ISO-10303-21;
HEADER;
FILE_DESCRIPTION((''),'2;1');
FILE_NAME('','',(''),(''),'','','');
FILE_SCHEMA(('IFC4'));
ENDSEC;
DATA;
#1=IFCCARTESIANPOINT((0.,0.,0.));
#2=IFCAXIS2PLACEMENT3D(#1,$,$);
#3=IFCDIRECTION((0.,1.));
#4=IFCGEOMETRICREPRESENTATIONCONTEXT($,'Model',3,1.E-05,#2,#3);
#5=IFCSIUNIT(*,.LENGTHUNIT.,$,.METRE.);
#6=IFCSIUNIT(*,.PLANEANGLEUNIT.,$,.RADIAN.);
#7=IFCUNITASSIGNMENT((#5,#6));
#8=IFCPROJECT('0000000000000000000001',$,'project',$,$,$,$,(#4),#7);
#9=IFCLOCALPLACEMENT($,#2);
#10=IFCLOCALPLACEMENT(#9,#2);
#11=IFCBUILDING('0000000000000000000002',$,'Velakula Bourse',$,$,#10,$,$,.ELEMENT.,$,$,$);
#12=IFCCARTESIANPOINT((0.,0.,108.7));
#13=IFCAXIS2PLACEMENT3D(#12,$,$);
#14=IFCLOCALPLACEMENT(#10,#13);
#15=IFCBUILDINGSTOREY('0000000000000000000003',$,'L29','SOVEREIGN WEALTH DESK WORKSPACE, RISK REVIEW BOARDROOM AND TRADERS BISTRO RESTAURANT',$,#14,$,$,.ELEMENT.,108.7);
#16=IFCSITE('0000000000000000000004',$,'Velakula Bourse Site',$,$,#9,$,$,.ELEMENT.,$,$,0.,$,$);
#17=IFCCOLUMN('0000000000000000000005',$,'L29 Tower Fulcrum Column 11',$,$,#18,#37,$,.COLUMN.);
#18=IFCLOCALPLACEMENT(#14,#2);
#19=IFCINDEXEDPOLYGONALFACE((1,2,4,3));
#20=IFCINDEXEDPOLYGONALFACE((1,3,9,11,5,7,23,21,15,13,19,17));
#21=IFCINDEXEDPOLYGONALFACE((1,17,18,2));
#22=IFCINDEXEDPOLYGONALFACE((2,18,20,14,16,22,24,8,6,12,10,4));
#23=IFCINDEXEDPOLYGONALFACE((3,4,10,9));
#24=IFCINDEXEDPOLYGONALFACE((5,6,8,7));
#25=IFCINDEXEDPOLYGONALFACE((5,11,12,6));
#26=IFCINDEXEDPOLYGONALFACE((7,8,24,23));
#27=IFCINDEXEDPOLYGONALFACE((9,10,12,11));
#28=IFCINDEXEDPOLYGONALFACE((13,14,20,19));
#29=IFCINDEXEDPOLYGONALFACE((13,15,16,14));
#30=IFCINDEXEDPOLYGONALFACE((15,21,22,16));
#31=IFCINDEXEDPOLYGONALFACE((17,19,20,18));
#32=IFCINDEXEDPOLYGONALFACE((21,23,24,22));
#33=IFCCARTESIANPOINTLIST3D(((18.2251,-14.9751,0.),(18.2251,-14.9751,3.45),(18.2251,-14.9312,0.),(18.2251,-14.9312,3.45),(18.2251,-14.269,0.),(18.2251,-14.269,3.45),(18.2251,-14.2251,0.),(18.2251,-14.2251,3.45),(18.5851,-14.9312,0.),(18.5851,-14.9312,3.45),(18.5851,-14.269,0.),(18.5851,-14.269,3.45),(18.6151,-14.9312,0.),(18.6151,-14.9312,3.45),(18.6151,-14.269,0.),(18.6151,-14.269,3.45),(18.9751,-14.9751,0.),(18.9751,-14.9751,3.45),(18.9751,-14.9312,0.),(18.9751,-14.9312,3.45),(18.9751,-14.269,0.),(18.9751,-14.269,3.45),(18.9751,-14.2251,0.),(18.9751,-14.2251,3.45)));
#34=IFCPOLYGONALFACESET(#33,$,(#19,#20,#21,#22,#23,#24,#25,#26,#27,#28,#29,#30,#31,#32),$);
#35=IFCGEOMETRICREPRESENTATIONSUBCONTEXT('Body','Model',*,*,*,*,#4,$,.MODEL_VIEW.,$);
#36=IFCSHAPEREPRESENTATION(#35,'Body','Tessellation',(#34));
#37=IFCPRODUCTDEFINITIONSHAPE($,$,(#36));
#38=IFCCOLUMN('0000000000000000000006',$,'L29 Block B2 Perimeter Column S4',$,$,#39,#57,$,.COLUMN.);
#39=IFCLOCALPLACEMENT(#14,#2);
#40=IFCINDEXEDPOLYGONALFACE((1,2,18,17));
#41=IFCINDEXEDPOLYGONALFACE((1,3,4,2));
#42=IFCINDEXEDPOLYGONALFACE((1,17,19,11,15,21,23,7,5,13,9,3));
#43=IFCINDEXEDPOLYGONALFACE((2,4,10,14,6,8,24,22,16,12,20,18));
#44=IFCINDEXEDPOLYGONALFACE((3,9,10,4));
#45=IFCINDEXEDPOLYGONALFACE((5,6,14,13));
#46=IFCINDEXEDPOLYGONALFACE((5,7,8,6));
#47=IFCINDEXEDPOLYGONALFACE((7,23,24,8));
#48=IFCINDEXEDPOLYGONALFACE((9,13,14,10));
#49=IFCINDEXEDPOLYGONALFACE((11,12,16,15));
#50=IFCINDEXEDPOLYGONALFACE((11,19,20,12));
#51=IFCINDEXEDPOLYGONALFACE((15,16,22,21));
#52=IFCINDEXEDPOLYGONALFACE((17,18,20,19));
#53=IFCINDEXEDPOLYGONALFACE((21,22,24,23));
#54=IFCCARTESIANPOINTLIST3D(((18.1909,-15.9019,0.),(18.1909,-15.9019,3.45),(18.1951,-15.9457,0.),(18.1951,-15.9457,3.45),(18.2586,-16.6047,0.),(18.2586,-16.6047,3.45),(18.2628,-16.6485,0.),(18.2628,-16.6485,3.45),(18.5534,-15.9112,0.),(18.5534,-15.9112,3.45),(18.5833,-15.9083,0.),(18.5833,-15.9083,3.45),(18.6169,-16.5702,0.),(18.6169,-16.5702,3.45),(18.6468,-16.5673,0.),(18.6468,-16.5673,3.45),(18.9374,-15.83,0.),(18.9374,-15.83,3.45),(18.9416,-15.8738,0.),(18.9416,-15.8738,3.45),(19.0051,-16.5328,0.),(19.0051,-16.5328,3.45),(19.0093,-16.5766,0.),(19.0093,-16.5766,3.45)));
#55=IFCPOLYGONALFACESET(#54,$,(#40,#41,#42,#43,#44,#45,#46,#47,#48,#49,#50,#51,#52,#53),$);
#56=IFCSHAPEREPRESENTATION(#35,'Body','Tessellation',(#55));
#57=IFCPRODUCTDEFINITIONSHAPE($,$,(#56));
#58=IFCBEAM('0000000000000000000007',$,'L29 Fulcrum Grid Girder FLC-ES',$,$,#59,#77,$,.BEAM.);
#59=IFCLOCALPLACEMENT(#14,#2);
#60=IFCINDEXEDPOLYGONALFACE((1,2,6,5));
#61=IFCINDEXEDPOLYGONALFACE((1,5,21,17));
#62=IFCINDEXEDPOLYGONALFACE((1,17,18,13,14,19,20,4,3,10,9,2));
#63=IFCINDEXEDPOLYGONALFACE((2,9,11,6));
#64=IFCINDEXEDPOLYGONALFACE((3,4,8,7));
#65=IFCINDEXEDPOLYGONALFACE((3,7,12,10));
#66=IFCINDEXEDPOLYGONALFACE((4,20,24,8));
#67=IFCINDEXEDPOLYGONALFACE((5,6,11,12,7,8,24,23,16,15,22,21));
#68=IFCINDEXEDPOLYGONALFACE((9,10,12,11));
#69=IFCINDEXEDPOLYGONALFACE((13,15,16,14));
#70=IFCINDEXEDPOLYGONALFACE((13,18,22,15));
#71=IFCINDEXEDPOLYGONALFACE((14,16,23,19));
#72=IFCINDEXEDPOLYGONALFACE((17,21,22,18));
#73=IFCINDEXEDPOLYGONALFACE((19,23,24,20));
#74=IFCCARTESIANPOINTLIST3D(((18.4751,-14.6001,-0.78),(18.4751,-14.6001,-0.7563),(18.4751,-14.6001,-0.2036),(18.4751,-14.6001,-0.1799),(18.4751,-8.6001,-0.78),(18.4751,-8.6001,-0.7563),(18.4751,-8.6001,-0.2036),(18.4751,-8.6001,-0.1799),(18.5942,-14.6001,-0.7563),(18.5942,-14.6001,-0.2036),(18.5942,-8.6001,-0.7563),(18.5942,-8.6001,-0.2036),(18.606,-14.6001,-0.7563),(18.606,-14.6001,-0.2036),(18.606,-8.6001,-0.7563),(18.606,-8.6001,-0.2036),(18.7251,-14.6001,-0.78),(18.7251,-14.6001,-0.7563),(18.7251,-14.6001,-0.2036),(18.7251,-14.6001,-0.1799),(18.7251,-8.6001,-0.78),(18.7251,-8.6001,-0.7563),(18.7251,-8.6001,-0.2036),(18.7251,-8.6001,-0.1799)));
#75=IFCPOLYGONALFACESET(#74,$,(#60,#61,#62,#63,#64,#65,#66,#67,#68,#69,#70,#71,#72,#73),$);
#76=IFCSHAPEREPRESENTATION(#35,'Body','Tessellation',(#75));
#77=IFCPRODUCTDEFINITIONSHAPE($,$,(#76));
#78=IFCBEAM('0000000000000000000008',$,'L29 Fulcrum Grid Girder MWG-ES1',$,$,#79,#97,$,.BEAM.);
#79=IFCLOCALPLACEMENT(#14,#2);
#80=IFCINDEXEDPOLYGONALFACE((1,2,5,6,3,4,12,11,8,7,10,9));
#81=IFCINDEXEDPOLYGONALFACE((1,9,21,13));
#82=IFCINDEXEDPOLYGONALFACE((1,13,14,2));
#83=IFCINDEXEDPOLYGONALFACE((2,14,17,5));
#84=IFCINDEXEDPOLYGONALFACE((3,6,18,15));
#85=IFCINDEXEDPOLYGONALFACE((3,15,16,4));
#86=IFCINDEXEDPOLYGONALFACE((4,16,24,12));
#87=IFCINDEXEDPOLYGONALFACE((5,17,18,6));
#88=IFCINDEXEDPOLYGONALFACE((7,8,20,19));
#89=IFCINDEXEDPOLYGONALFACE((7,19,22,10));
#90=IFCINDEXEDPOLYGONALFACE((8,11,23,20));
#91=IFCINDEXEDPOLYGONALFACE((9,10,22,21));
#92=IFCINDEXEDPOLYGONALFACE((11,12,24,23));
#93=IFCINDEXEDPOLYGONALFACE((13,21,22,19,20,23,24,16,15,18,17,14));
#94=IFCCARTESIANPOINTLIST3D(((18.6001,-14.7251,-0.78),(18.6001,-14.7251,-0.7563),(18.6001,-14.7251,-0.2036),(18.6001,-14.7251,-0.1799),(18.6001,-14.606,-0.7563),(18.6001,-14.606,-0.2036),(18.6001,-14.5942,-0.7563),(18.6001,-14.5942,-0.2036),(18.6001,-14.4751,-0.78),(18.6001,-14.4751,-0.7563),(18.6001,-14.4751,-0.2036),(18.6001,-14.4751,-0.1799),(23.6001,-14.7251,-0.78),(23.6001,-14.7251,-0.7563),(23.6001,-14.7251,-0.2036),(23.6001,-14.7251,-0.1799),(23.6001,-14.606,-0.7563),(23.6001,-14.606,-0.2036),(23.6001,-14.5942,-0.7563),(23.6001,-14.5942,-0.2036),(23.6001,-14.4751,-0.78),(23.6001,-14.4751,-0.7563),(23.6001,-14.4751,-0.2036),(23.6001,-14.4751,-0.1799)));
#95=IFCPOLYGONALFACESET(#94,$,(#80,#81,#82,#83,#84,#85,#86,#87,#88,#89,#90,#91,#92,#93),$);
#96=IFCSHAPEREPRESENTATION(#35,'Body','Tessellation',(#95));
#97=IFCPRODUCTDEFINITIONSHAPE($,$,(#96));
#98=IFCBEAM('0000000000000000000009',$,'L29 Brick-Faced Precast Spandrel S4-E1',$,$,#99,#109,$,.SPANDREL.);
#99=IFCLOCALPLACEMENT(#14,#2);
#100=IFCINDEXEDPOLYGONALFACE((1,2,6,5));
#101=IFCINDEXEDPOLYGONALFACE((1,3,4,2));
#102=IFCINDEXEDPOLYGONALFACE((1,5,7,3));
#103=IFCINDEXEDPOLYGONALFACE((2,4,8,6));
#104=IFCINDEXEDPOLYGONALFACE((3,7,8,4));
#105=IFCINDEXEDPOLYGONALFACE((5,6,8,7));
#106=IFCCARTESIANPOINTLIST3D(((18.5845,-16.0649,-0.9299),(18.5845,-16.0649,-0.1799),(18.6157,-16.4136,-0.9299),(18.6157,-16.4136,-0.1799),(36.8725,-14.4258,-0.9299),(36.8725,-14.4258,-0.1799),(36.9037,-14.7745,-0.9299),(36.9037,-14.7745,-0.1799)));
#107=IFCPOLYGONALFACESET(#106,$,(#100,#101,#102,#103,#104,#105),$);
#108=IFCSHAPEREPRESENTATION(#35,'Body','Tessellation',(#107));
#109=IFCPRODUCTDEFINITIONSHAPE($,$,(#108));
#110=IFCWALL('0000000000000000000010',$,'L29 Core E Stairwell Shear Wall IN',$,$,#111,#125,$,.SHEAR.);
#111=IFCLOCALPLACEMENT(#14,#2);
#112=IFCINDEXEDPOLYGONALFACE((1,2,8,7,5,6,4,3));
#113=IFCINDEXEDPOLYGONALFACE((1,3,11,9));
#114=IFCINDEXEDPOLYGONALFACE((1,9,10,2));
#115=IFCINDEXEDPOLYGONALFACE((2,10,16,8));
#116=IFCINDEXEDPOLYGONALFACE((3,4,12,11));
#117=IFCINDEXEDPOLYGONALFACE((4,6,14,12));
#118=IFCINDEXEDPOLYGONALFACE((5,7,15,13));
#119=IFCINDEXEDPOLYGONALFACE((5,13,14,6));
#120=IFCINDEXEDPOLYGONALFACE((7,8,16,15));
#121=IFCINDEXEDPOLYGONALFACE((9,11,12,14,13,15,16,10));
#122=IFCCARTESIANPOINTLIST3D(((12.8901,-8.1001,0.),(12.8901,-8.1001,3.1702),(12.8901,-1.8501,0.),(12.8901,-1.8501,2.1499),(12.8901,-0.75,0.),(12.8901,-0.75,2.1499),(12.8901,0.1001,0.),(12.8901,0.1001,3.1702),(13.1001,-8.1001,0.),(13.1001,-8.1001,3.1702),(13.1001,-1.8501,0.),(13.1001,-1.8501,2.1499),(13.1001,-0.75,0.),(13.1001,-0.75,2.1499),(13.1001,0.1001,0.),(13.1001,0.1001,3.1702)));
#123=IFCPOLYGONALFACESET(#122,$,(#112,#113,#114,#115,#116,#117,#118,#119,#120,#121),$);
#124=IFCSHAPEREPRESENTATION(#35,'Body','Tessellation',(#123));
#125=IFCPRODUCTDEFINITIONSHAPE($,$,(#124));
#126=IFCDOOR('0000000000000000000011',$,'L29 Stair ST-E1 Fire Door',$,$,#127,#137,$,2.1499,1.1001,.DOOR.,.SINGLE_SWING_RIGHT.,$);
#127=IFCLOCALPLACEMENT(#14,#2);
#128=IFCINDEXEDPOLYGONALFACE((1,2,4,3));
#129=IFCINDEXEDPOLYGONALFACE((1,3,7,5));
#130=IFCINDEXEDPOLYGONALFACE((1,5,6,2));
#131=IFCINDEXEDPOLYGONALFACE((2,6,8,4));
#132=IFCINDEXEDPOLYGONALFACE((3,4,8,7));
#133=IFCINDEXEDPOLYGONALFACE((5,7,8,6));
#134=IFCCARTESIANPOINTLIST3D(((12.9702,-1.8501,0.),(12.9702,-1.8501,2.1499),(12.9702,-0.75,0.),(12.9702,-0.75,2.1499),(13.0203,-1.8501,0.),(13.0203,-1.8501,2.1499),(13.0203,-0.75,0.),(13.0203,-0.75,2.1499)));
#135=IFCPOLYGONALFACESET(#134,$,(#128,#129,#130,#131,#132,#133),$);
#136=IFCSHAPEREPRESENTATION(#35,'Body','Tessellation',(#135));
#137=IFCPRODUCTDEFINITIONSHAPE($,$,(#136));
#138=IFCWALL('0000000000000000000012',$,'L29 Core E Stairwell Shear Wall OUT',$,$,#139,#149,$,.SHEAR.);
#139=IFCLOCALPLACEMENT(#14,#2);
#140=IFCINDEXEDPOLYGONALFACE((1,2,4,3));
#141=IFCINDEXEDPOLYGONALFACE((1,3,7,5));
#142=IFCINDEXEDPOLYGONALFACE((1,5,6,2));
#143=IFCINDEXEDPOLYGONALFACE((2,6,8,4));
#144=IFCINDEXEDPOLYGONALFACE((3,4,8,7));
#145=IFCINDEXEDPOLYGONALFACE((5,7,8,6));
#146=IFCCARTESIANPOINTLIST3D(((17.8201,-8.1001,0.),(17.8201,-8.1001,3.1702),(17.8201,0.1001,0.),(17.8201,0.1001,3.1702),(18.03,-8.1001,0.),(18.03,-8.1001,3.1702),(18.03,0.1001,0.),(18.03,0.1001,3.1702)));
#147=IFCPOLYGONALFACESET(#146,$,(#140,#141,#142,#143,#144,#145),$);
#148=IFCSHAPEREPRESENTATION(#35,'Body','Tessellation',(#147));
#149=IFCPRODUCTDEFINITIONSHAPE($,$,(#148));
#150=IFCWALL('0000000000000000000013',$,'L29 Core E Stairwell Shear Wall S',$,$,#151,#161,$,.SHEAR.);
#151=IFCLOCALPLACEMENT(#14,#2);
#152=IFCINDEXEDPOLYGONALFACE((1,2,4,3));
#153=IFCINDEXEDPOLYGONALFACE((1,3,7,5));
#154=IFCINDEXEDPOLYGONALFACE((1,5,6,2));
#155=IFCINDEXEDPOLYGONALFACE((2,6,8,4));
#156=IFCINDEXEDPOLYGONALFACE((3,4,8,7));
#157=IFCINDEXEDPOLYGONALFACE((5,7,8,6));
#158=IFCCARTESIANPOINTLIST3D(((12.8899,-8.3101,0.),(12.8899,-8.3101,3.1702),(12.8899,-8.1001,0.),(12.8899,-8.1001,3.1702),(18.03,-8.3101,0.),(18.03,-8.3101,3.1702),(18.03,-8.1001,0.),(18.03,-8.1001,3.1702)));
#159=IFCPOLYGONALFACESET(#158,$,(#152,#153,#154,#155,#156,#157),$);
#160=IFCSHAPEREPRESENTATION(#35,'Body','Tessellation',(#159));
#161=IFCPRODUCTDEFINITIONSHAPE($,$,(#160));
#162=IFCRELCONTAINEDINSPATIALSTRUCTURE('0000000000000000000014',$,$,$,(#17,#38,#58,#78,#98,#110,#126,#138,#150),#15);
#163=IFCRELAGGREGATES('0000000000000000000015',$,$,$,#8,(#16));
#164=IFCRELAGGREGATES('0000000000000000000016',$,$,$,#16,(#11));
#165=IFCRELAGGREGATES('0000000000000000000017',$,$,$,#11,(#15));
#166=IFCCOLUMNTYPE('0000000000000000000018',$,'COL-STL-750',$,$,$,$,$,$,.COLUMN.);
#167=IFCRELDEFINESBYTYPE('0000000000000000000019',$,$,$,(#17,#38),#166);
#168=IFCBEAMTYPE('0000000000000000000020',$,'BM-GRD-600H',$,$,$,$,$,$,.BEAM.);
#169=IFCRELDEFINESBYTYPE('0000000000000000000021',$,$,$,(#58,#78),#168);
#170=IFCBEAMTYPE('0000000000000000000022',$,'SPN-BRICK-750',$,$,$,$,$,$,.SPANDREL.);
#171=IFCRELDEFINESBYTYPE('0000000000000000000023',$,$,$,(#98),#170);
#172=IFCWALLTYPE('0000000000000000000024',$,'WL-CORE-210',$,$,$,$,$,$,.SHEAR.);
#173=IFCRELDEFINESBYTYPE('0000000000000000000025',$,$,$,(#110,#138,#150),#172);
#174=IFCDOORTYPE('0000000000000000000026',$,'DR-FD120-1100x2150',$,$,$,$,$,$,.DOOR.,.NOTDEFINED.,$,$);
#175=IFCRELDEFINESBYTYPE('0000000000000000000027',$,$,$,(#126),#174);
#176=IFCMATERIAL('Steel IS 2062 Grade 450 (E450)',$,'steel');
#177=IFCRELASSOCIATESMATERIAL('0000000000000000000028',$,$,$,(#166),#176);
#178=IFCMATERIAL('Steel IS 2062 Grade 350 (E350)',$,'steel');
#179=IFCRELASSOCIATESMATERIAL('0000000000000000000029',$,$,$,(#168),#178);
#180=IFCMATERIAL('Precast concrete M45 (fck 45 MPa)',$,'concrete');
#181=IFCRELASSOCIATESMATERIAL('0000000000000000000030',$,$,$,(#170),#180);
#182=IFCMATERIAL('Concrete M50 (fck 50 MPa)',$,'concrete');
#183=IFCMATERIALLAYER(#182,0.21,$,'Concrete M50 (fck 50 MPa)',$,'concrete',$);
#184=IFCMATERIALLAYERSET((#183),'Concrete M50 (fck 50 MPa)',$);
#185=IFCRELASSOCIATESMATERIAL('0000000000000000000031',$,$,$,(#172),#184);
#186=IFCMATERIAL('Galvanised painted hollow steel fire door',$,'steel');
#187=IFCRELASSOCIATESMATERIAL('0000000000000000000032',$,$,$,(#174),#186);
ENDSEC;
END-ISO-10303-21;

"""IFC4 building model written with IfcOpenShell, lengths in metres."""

from ifc_helpers import new_model, si_unit, direction, frame, frame_2d, origin, origin_2d, place, context, subcontext, project, spatial, rectangle, i_section, extrude, material, layer, layer_set, material_profile, profile_set, type_object, element, fill, save


model = new_model("IFC4")

# Units and contexts
model_context = context("Model", 3, precision=1e-05, world=origin(), true_north=direction((0.0, 1.0)))
body_context = subcontext(model_context, "Body", "Model", "MODEL_VIEW")
ifc_project = project(units=[si_unit("LENGTHUNIT", "METRE"), si_unit("PLANEANGLEUNIT", "RADIAN")], contexts=[model_context])

# Site, building, storey
site_placement = place(None, origin())
site = spatial("IfcSite", under=ifc_project, at=site_placement, Name="Velakula Bourse Site", CompositionType="ELEMENT", RefElevation=0.0)
building_placement = place(site_placement, origin())
building = spatial("IfcBuilding", under=site, at=building_placement, Name="Velakula Bourse", CompositionType="ELEMENT")
storey_placement = place(building_placement, frame((0.0, 0.0, 108.7)))
storey = spatial("IfcBuildingStorey", under=building, at=storey_placement, Name="L29", Description="SOVEREIGN WEALTH DESK WORKSPACE, RISK REVIEW BOARDROOM AND TRADERS BISTRO RESTAURANT", CompositionType="ELEMENT", Elevation=108.7)

# Columns
ifc_material_1 = material(Name="Steel IS 2062 Grade 450 (E450)", Category="steel")
ifc_material_profile_1 = material_profile(ifc_material_1, i_section(OverallWidth=0.75, OverallDepth=0.75, WebThickness=0.03, FlangeThickness=0.0439, at=origin_2d()), Name="Steel IS 2062 Grade 450 (E450)")
ifc_profile_set_1 = profile_set([ifc_material_profile_1], Name="Steel IS 2062 Grade 450 (E450)")
column_type = type_object("IfcColumnType", Name="COL-STL-750", PredefinedType="COLUMN", material=ifc_profile_set_1)
for number, where, z_axis, x_axis, name in (
    (1, (18.6001, -14.6001, 0.0), (0.0, 0.0, 1.0), (1.0, 0.0, 0.0), "L29 Tower Fulcrum Column 11"),
    (2, (18.6001, -16.2393, 0.0), (0.0, 0.0, 1.0), (0.995396, 0.095846, 0.0), "L29 Block B2 Perimeter Column S4"),
):
    element("IfcColumn", number, at=place(storey_placement, frame(where, z_axis=z_axis, x_axis=x_axis)), inside=storey, type_object=column_type, Name=name, PredefinedType="COLUMN", context=body_context, shape_type="SweptSolid", body=[
        extrude(i_section(OverallWidth=0.75, OverallDepth=0.75, WebThickness=0.03, FlangeThickness=0.0439, at=origin_2d()), origin(), (0.0, 0.0, 1.0), 3.45),
    ])

# Beams
ifc_material_2 = material(Name="Steel IS 2062 Grade 350 (E350)", Category="steel")
ifc_material_profile_2 = material_profile(ifc_material_2, i_section(OverallWidth=0.25, OverallDepth=0.6001, WebThickness=0.0117, FlangeThickness=0.0237, at=origin_2d()), Name="Steel IS 2062 Grade 350 (E350)")
ifc_profile_set_2 = profile_set([ifc_material_profile_2], Name="Steel IS 2062 Grade 350 (E350)")
beam_type_1 = type_object("IfcBeamType", Name="BM-GRD-600H", PredefinedType="BEAM", material=ifc_profile_set_2)
beam_1_placement = place(storey_placement, frame((18.6001, -14.6001, -0.48), z_axis=(0.0, 1.0, 0.0), x_axis=(-1.0, 0.0, 0.0)))
element("IfcBeam", 3, at=beam_1_placement, inside=storey, type_object=beam_type_1, Name="L29 Fulcrum Grid Girder FLC-ES", PredefinedType="BEAM", context=body_context, shape_type="SweptSolid", body=[
    extrude(i_section(OverallWidth=0.25, OverallDepth=0.6001, WebThickness=0.0117, FlangeThickness=0.0237, at=origin_2d()), origin(), (0.0, 0.0, 1.0), 6.0),
])
beam_2_placement = place(storey_placement, frame((18.6001, -14.6001, -0.48), z_axis=(1.0, 0.0, 0.0), x_axis=(0.0, 1.0, 0.0)))
element("IfcBeam", 4, at=beam_2_placement, inside=storey, type_object=beam_type_1, Name="L29 Fulcrum Grid Girder MWG-ES1", PredefinedType="BEAM", context=body_context, shape_type="SweptSolid", body=[
    extrude(i_section(OverallWidth=0.25, OverallDepth=0.6001, WebThickness=0.0117, FlangeThickness=0.0237, at=origin_2d()), origin(), (0.0, 0.0, 1.0), 5.0),
])
ifc_material_3 = material(Name="Precast concrete M45 (fck 45 MPa)", Category="concrete")
ifc_material_profile_3 = material_profile(ifc_material_3, rectangle(XDim=0.3501, YDim=0.75, at=origin_2d()), Name="Precast concrete M45 (fck 45 MPa)")
ifc_profile_set_3 = profile_set([ifc_material_profile_3], Name="Precast concrete M45 (fck 45 MPa)")
beam_type_2 = type_object("IfcBeamType", Name="SPN-BRICK-750", PredefinedType="SPANDREL", material=ifc_profile_set_3)
beam_3_placement = place(storey_placement, frame((18.6001, -16.2393, -0.5549), z_axis=(0.996007, 0.089272, 0.0), x_axis=(-0.089272, 0.996007, 0.0)))
element("IfcBeam", 5, at=beam_3_placement, inside=storey, type_object=beam_type_2, Name="L29 Brick-Faced Precast Spandrel S4-E1", PredefinedType="SPANDREL", context=body_context, shape_type="SweptSolid", body=[
    extrude(rectangle(XDim=0.3501, YDim=0.75, at=origin_2d()), origin(), (0.0, 0.0, 1.0), 18.3613),
])

# Wall, opening, door
ifc_material_4 = material(Name="Concrete M50 (fck 50 MPa)", Category="concrete")
ifc_layer_1 = layer(ifc_material_4, 0.21, Name="Concrete M50 (fck 50 MPa)", Category="concrete")
ifc_layer_set_1 = layer_set([ifc_layer_1], Name="Concrete M50 (fck 50 MPa)")
wall_type_1 = type_object("IfcWallType", Name="WL-CORE-210", PredefinedType="SHEAR", material=ifc_layer_set_1)
wall_1_placement = place(storey_placement, frame((12.9951, -8.1001, 0.0), z_axis=(0.0, 0.0, 1.0), x_axis=(0.0, 1.0, 0.0)))
wall_1 = element("IfcWall", 6, at=wall_1_placement, inside=storey, type_object=wall_type_1, Name="L29 Core E Stairwell Shear Wall IN", PredefinedType="SHEAR", context=body_context, shape_type="SweptSolid", body=[
    extrude(rectangle(XDim=8.2002, YDim=0.21, at=frame_2d((4.1001, 0.0))), origin(), (0.0, 0.0, 1.0), 3.1702),
])
opening_1_placement = place(wall_1_placement, frame((6.25, 0.0, 0.0)))
opening_1 = element("IfcOpeningElement", 7, at=opening_1_placement, cuts=wall_1, PredefinedType="OPENING", context=body_context, shape_type="SweptSolid", body=[
    extrude(rectangle(XDim=1.1001, YDim=2.1499, at=frame_2d((0.55, 1.075))), frame((0.0, 0.115, 0.0), z_axis=(0.0, -1.0, 0.0), x_axis=(1.0, 0.0, 0.0)), (0.0, 0.0, 1.0), 0.23),
])
ifc_material_5 = material(Name="Galvanised painted hollow steel fire door", Category="steel")
door_type_1 = type_object("IfcDoorType", Name="DR-FD120-1100x2150", OperationType="NOTDEFINED", PredefinedType="DOOR", material=ifc_material_5)
door_1_placement = place(opening_1_placement, origin())
door_1 = element("IfcDoor", 8, at=door_1_placement, inside=storey, type_object=door_type_1, Name="L29 Stair ST-E1 Fire Door", OperationType="SINGLE_SWING_RIGHT", OverallHeight=2.1499, OverallWidth=1.1001, PredefinedType="DOOR", context=body_context, shape_type="SweptSolid", body=[
    extrude(rectangle(XDim=1.1001, YDim=2.1499, at=frame_2d((0.55, 1.075))), frame((0.0, 0.0249, 0.0), z_axis=(0.0, -1.0, 0.0), x_axis=(1.0, 0.0, 0.0)), (0.0, 0.0, 1.0), 0.05),
])
fill(opening_1, door_1)

# Walls
wall_2_placement = place(storey_placement, frame((17.925, -8.1001, 0.0), z_axis=(0.0, 0.0, 1.0), x_axis=(0.0, 1.0, 0.0)))
element("IfcWall", 9, at=wall_2_placement, inside=storey, type_object=wall_type_1, Name="L29 Core E Stairwell Shear Wall OUT", PredefinedType="SHEAR", context=body_context, shape_type="SweptSolid", body=[
    extrude(rectangle(XDim=8.2002, YDim=0.21, at=frame_2d((4.1001, 0.0))), origin(), (0.0, 0.0, 1.0), 3.1702),
])
wall_3_placement = place(storey_placement, frame((12.8899, -8.2051, 0.0), z_axis=(0.0, 0.0, 1.0), x_axis=(1.0, 0.0, 0.0)))
element("IfcWall", 10, at=wall_3_placement, inside=storey, type_object=wall_type_1, Name="L29 Core E Stairwell Shear Wall S", PredefinedType="SHEAR", context=body_context, shape_type="SweptSolid", body=[
    extrude(rectangle(XDim=5.1401, YDim=0.21, at=frame_2d((2.5701, 0.0))), origin(), (0.0, 0.0, 1.0), 3.1702),
])

save(model, "model.ifc")
